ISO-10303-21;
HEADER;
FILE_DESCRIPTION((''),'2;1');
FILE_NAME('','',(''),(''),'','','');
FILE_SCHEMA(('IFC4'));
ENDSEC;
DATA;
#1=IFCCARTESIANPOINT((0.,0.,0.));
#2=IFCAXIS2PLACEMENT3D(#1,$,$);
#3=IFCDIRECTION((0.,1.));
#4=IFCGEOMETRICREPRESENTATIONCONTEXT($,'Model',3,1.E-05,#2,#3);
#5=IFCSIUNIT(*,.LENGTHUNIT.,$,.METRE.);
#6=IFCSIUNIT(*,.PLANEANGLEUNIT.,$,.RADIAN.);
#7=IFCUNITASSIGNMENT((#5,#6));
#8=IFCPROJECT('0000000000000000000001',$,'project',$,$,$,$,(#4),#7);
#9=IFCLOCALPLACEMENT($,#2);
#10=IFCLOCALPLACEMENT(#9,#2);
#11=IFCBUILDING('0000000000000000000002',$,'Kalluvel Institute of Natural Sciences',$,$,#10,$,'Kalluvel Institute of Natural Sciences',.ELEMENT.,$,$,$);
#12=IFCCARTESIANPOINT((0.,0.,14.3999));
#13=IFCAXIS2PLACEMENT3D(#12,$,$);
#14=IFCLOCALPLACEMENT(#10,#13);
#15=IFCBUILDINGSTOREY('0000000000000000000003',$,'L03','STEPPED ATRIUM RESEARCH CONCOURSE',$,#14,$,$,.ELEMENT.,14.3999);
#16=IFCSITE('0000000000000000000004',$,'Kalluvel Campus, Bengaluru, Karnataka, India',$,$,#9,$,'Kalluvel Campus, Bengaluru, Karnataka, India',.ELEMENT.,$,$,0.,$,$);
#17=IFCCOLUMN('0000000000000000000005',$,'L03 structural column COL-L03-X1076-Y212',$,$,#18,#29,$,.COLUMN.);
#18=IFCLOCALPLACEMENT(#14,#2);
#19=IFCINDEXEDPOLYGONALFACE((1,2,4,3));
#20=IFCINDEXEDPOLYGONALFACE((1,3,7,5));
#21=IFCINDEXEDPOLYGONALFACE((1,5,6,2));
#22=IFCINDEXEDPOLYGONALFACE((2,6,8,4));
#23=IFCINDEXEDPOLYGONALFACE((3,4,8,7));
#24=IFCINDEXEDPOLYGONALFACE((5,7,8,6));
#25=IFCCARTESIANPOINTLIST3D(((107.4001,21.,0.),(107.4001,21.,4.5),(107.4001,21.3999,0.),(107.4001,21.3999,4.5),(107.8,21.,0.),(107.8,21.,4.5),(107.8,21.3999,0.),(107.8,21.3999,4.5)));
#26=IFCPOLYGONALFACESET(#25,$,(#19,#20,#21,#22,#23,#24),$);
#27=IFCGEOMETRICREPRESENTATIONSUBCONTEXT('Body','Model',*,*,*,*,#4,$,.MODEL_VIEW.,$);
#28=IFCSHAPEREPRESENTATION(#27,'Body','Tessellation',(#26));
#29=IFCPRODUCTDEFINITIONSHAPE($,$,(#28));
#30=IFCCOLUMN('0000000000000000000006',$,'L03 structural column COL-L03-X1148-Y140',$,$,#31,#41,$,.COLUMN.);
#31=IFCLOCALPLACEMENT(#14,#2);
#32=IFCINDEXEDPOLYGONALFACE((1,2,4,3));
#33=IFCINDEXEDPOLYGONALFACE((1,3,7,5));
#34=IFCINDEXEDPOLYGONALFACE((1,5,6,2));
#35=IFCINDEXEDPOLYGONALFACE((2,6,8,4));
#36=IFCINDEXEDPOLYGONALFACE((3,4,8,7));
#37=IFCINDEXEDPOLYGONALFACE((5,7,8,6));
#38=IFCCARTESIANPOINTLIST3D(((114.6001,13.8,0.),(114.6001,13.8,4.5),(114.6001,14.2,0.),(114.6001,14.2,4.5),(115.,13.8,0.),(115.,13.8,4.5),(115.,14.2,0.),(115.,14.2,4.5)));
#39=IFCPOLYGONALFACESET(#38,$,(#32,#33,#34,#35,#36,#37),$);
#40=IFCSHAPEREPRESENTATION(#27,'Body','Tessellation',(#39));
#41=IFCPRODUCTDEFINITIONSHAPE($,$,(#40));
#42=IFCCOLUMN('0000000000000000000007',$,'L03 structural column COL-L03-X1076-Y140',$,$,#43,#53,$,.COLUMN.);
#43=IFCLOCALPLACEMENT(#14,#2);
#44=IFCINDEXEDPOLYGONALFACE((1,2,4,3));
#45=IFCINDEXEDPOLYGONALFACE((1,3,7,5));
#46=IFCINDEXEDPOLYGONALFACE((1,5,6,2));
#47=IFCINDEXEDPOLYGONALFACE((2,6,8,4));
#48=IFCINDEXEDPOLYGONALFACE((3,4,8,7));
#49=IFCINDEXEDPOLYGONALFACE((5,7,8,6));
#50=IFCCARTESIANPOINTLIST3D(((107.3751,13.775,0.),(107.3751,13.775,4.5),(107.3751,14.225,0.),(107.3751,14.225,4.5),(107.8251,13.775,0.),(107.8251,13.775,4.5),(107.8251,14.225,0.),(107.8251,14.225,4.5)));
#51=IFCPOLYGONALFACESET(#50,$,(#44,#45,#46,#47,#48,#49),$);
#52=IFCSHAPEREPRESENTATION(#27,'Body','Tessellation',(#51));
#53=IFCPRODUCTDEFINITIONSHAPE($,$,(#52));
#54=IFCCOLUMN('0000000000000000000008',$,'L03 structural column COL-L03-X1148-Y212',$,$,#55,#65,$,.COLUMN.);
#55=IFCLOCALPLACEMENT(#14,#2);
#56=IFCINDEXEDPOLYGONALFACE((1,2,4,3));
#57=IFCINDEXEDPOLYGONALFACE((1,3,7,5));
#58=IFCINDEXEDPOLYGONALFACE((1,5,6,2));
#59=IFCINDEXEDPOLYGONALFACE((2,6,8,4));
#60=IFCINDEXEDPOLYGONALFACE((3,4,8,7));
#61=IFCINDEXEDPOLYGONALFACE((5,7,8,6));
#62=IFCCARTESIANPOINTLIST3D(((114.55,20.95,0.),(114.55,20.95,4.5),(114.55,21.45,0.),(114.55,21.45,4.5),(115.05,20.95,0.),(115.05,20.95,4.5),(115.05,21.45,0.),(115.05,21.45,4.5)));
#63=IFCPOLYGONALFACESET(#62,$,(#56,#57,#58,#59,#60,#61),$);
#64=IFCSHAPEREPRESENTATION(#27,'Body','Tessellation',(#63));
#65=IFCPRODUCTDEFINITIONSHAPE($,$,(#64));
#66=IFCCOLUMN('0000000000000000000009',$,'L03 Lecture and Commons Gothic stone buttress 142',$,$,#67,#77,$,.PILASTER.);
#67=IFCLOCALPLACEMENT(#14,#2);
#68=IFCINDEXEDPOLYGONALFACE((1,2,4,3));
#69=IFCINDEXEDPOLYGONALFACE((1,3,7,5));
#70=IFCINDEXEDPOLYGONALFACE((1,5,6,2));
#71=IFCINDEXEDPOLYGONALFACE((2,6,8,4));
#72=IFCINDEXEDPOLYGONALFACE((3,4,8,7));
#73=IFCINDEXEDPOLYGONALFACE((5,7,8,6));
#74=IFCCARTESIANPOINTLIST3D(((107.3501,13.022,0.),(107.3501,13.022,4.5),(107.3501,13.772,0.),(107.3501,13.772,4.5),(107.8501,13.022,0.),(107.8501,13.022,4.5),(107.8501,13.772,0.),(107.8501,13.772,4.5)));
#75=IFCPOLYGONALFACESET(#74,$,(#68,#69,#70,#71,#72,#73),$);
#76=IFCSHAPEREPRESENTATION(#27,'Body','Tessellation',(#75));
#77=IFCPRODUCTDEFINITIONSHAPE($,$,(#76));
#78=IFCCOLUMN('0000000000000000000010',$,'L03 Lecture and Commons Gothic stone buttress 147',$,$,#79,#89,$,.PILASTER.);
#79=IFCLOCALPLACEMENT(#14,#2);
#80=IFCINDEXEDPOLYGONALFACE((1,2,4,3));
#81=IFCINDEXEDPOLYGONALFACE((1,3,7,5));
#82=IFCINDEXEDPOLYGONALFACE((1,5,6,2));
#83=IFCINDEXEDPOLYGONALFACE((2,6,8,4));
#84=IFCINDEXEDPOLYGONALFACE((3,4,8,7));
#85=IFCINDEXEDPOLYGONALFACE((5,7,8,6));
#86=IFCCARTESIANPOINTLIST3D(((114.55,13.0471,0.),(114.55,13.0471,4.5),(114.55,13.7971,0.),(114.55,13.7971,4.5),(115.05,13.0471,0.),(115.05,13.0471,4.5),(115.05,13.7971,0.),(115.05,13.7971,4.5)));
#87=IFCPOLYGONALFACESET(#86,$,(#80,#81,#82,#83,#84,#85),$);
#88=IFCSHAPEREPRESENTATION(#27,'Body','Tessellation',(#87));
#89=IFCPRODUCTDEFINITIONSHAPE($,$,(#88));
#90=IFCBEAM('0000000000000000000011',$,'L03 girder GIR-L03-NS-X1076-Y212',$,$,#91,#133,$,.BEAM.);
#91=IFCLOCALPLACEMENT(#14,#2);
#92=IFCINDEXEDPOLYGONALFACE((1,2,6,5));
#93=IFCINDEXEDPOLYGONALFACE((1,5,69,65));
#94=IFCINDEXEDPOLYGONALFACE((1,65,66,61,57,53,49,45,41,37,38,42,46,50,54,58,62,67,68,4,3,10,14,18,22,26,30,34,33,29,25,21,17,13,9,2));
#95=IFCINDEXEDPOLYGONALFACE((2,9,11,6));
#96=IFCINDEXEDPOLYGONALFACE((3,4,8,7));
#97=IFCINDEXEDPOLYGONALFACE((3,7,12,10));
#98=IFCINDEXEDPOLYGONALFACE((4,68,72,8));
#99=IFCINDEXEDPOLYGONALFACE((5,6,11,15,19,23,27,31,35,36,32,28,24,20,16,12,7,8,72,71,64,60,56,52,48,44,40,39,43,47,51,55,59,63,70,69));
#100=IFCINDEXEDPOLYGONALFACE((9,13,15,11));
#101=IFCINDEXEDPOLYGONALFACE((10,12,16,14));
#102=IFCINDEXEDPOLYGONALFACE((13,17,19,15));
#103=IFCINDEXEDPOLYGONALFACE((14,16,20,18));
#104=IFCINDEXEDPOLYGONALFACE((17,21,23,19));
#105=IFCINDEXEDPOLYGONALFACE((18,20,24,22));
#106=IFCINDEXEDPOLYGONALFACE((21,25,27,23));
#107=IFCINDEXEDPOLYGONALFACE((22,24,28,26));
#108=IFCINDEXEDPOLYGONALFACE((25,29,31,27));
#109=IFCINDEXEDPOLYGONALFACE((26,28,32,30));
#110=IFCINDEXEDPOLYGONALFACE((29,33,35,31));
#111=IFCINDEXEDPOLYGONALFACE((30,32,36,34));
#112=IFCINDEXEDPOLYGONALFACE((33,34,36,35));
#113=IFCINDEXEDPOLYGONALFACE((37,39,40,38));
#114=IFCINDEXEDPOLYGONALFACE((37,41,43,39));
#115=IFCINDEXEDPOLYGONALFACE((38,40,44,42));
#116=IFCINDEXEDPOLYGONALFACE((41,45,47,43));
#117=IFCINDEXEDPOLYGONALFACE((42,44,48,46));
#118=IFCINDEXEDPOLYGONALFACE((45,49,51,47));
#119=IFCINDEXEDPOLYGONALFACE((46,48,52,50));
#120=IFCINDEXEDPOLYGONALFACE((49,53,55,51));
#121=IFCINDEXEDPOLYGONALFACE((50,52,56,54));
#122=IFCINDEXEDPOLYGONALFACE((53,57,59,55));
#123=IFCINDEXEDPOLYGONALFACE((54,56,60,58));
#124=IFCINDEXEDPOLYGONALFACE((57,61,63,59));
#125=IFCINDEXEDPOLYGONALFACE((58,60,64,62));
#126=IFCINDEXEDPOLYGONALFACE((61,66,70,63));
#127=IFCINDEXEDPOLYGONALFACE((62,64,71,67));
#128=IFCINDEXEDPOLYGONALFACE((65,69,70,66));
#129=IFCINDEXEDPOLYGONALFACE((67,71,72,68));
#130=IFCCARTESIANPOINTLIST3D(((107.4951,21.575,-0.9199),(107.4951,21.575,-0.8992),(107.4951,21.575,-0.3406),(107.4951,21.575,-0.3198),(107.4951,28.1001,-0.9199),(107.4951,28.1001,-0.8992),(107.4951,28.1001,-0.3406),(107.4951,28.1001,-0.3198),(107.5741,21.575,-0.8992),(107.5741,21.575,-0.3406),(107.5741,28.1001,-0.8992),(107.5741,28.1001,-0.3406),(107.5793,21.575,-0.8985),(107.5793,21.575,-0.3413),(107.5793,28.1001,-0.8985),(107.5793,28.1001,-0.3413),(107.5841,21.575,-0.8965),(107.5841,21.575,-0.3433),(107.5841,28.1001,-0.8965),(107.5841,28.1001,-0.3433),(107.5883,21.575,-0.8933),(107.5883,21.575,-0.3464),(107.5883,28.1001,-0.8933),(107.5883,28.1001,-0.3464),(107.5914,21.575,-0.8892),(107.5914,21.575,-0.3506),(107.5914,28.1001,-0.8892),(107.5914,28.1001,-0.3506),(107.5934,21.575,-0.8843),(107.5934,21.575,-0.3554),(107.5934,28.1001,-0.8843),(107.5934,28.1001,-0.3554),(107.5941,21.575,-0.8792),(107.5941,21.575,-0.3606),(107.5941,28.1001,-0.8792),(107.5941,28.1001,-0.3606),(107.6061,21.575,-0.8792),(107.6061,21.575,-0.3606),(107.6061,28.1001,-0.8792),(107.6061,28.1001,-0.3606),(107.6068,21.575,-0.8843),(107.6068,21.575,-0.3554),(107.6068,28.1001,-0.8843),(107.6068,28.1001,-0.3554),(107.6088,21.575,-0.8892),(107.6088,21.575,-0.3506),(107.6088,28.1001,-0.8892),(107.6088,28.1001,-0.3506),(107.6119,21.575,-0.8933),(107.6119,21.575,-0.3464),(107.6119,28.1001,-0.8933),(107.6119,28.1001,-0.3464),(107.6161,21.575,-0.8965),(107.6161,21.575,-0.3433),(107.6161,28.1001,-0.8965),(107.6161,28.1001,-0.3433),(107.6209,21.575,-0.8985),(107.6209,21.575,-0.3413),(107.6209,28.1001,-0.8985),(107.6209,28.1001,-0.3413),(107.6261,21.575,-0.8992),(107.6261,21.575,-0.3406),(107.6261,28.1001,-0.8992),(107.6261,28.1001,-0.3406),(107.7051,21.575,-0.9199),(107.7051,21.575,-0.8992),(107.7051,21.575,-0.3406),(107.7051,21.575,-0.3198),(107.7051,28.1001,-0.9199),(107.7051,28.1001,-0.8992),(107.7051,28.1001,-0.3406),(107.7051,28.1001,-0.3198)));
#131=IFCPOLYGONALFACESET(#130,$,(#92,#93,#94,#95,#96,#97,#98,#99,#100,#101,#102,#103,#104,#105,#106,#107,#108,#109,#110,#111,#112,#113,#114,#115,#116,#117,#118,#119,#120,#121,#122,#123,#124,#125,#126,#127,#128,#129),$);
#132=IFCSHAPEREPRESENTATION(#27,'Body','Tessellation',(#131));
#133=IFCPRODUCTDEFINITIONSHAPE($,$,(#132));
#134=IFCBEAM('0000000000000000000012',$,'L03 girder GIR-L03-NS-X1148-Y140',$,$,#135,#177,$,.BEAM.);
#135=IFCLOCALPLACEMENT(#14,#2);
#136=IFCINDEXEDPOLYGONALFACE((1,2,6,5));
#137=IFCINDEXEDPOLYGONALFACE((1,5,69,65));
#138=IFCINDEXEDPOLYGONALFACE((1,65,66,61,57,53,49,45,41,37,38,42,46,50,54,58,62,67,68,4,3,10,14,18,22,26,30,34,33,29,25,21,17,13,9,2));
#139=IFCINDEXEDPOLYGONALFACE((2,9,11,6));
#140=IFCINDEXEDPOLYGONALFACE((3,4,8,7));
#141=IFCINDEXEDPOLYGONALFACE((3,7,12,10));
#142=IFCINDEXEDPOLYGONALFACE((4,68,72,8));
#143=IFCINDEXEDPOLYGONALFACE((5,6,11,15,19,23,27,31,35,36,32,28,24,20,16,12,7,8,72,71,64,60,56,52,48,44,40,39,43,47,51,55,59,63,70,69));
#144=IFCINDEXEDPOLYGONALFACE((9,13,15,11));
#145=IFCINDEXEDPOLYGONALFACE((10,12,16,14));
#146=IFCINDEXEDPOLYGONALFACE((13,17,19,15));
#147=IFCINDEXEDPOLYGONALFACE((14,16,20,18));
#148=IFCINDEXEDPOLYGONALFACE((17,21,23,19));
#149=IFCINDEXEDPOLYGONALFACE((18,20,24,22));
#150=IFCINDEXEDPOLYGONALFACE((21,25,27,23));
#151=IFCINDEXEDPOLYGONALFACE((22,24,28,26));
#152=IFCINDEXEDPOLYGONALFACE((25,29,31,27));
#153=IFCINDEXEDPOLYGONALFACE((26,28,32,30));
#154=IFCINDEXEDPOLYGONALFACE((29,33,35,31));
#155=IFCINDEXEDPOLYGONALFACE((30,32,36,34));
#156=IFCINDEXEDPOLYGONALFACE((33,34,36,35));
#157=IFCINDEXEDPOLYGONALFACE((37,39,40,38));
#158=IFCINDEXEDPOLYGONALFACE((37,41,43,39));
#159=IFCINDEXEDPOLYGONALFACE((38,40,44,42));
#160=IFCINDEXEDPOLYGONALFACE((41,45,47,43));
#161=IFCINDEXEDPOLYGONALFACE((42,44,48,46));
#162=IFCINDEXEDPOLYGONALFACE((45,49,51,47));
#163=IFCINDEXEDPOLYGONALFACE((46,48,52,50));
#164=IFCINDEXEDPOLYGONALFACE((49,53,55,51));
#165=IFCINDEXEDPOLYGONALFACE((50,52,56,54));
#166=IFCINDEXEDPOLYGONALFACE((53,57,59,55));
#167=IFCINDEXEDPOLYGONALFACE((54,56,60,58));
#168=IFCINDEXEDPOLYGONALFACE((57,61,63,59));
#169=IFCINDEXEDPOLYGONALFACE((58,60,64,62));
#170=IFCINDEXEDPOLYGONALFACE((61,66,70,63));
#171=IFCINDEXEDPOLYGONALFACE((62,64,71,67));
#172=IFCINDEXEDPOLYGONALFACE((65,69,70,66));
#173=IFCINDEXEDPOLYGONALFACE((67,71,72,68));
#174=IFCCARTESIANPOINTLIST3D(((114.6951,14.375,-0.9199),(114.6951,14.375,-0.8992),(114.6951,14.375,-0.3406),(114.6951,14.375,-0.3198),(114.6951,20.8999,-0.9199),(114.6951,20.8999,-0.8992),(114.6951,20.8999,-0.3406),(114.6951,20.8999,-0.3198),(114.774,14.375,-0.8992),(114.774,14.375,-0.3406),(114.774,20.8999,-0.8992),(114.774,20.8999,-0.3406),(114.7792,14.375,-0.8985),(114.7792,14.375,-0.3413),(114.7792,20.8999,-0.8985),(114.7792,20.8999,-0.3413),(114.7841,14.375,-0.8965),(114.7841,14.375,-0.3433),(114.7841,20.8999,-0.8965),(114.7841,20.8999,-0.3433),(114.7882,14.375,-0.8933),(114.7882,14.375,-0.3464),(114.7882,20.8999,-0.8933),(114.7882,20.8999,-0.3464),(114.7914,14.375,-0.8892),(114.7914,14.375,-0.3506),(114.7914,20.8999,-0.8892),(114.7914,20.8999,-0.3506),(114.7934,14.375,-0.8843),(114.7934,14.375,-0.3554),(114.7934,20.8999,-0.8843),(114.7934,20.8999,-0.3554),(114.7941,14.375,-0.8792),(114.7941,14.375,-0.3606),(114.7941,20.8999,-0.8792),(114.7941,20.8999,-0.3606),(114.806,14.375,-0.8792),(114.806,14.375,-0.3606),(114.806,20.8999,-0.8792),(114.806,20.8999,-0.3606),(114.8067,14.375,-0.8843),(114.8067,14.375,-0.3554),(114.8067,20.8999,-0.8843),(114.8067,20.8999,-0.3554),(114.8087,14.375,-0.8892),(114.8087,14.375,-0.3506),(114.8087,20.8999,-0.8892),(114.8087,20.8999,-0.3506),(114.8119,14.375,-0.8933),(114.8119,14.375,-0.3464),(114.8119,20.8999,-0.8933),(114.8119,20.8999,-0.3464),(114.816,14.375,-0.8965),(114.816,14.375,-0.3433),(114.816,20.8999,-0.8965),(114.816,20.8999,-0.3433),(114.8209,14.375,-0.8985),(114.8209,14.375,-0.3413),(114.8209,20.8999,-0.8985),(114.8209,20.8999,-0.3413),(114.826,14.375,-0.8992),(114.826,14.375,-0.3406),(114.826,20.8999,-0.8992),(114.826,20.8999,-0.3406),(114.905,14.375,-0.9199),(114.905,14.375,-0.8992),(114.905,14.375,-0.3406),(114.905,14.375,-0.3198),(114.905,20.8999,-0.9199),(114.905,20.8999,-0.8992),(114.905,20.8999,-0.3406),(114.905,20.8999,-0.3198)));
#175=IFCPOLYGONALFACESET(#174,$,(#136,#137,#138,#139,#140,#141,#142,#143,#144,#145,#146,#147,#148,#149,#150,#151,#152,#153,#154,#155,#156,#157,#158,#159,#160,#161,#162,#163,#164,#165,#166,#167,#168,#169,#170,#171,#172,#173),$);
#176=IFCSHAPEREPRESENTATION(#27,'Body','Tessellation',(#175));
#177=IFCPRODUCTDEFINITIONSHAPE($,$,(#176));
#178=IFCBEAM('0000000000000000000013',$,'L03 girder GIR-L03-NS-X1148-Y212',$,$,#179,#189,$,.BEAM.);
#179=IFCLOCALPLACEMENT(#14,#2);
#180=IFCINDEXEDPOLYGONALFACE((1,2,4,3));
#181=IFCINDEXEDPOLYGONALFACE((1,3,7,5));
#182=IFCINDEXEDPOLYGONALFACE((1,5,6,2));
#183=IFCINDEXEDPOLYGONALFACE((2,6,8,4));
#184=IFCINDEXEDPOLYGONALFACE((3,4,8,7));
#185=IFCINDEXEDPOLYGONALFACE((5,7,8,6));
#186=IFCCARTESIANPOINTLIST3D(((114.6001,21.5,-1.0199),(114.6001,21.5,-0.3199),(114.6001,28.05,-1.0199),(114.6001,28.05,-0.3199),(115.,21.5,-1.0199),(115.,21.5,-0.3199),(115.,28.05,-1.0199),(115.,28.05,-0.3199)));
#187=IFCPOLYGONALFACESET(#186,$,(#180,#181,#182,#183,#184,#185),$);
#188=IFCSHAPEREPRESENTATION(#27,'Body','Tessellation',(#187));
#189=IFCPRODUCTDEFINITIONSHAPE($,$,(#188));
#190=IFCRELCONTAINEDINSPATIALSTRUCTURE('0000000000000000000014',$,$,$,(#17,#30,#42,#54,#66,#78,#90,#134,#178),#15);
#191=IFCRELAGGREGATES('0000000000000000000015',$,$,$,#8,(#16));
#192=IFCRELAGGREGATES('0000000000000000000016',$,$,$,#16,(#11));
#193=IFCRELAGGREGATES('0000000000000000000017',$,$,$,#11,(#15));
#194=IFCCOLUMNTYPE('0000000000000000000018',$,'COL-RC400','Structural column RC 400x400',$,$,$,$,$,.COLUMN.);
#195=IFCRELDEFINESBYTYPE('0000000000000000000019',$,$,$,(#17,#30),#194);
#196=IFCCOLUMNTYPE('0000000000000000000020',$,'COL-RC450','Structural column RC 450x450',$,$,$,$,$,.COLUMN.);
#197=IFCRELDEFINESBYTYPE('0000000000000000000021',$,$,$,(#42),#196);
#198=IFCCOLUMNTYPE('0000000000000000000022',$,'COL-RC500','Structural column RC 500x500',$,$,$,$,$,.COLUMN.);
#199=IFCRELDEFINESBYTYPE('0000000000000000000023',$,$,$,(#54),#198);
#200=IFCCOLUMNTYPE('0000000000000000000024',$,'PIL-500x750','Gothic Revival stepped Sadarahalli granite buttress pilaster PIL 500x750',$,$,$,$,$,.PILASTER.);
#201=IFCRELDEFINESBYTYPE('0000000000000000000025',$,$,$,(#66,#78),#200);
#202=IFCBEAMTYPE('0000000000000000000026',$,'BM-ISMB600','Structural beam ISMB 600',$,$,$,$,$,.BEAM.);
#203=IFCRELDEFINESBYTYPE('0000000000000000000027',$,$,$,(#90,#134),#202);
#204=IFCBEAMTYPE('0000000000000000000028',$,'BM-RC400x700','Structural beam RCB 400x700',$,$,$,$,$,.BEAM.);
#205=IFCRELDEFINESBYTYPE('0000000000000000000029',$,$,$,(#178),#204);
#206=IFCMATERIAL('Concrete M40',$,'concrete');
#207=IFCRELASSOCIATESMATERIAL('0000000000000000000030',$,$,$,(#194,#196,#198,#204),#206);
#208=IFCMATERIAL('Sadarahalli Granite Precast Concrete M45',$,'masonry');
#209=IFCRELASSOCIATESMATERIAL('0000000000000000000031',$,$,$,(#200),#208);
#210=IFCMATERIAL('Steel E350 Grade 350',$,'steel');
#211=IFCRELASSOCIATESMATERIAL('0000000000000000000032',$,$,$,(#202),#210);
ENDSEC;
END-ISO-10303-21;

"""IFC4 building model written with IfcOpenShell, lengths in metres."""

from ifc_helpers import new_model, si_unit, direction, frame, origin, origin_2d, place, context, subcontext, project, spatial, rectangle, i_section, extrude, material, material_profile, profile_set, type_object, element, save


model = new_model("IFC4")

# Units and contexts
model_context = context("Model", 3, precision=1e-05, world=origin(), true_north=direction((0.0, 1.0)))
body_context = subcontext(model_context, "Body", "Model", "MODEL_VIEW")
ifc_project = project(units=[si_unit("LENGTHUNIT", "METRE"), si_unit("PLANEANGLEUNIT", "RADIAN")], contexts=[model_context])

# Site, building, storey
site_placement = place(None, origin())
site = spatial("IfcSite", under=ifc_project, at=site_placement, Name="Kalluvel Campus, Bengaluru, Karnataka, India", LongName="Kalluvel Campus, Bengaluru, Karnataka, India", CompositionType="ELEMENT", RefElevation=0.0)
building_placement = place(site_placement, origin())
building = spatial("IfcBuilding", under=site, at=building_placement, Name="Kalluvel Institute of Natural Sciences", LongName="Kalluvel Institute of Natural Sciences", CompositionType="ELEMENT")
storey_placement = place(building_placement, frame((0.0, 0.0, 14.3999)))
storey = spatial("IfcBuildingStorey", under=building, at=storey_placement, Name="L03", Description="STEPPED ATRIUM RESEARCH CONCOURSE", CompositionType="ELEMENT", Elevation=14.3999)

# Columns
ifc_material_1 = material(Name="Concrete M40", Category="concrete")
ifc_material_profile_1 = material_profile(ifc_material_1, rectangle(XDim=0.3999, YDim=0.3999, at=origin_2d()), Name="RC 400x400")
ifc_profile_set_1 = profile_set([ifc_material_profile_1], Name="Concrete M40")
column_type_1 = type_object("IfcColumnType", Name="COL-RC400", Description="Structural column RC 400x400", PredefinedType="COLUMN", material=ifc_profile_set_1)
for number, where, z_axis, x_axis, name in (
    (1, (107.6001, 21.2, 0.0), (0.0, 0.0, 1.0), (1.0, 0.0, 0.0), "L03 structural column COL-L03-X1076-Y212"),
    (2, (114.8, 14.0, 0.0), (0.0, 0.0, 1.0), (1.0, 0.0, 0.0), "L03 structural column COL-L03-X1148-Y140"),
):
    element("IfcColumn", number, at=place(storey_placement, frame(where, z_axis=z_axis, x_axis=x_axis)), inside=storey, type_object=column_type_1, Name=name, PredefinedType="COLUMN", context=body_context, shape_type="SweptSolid", body=[
        extrude(rectangle(XDim=0.3999, YDim=0.3999, at=origin_2d()), origin(), (0.0, 0.0, 1.0), 4.5),
    ])
ifc_material_profile_2 = material_profile(ifc_material_1, rectangle(XDim=0.45, YDim=0.45, at=origin_2d()), Name="RC 450x450")
ifc_profile_set_2 = profile_set([ifc_material_profile_2], Name="Concrete M40")
column_type_2 = type_object("IfcColumnType", Name="COL-RC450", Description="Structural column RC 450x450", PredefinedType="COLUMN", material=ifc_profile_set_2)
column_1_placement = place(storey_placement, frame((107.6001, 14.0, 0.0), z_axis=(0.0, 0.0, 1.0), x_axis=(1.0, 0.0, 0.0)))
element("IfcColumn", 3, at=column_1_placement, inside=storey, type_object=column_type_2, Name="L03 structural column COL-L03-X1076-Y140", PredefinedType="COLUMN", context=body_context, shape_type="SweptSolid", body=[
    extrude(rectangle(XDim=0.45, YDim=0.45, at=origin_2d()), origin(), (0.0, 0.0, 1.0), 4.5),
])
ifc_material_profile_3 = material_profile(ifc_material_1, rectangle(XDim=0.5, YDim=0.5, at=origin_2d()), Name="RC 500x500")
ifc_profile_set_3 = profile_set([ifc_material_profile_3], Name="Concrete M40")
column_type_3 = type_object("IfcColumnType", Name="COL-RC500", Description="Structural column RC 500x500", PredefinedType="COLUMN", material=ifc_profile_set_3)
column_2_placement = place(storey_placement, frame((114.8, 21.2, 0.0), z_axis=(0.0, 0.0, 1.0), x_axis=(1.0, 0.0, 0.0)))
element("IfcColumn", 4, at=column_2_placement, inside=storey, type_object=column_type_3, Name="L03 structural column COL-L03-X1148-Y212", PredefinedType="COLUMN", context=body_context, shape_type="SweptSolid", body=[
    extrude(rectangle(XDim=0.5, YDim=0.5, at=origin_2d()), origin(), (0.0, 0.0, 1.0), 4.5),
])
ifc_material_2 = material(Name="Sadarahalli Granite Precast Concrete M45", Category="masonry")
ifc_material_profile_4 = material_profile(ifc_material_2, rectangle(XDim=0.5, YDim=0.75, at=origin_2d()), Name="PIL 500x750")
ifc_profile_set_4 = profile_set([ifc_material_profile_4], Name="Sadarahalli Granite Precast Concrete M45")
column_type_4 = type_object("IfcColumnType", Name="PIL-500x750", Description="Gothic Revival stepped Sadarahalli granite buttress pilaster PIL 500x750", PredefinedType="PILASTER", material=ifc_profile_set_4)
for number, where, z_axis, x_axis, name in (
    (5, (107.6001, 13.397, 0.0), (0.0, 0.0, 1.0), (1.0, 0.0, 0.0), "L03 Lecture and Commons Gothic stone buttress 142"),
    (6, (114.8, 13.4221, 0.0), (0.0, 0.0, 1.0), (1.0, 0.0, 0.0), "L03 Lecture and Commons Gothic stone buttress 147"),
):
    element("IfcColumn", number, at=place(storey_placement, frame(where, z_axis=z_axis, x_axis=x_axis)), inside=storey, type_object=column_type_4, Name=name, PredefinedType="PILASTER", context=body_context, shape_type="SweptSolid", body=[
        extrude(rectangle(XDim=0.5, YDim=0.75, at=origin_2d()), origin(), (0.0, 0.0, 1.0), 4.5),
    ])

# Beams
ifc_material_3 = material(Name="Steel E350 Grade 350", Category="steel")
ifc_material_profile_5 = material_profile(ifc_material_3, i_section(OverallWidth=0.21, OverallDepth=0.6001, WebThickness=0.012, FlangeThickness=0.0208, FilletRadius=0.02, at=origin_2d()), Name="ISMB 600")
ifc_profile_set_5 = profile_set([ifc_material_profile_5], Name="Steel E350 Grade 350")
beam_type_1 = type_object("IfcBeamType", Name="BM-ISMB600", Description="Structural beam ISMB 600", PredefinedType="BEAM", material=ifc_profile_set_5)
beam_1_placement = place(storey_placement, frame((107.6001, 21.575, -0.6199), z_axis=(0.0, 1.0, 0.0), x_axis=(-1.0, 0.0, 0.0)))
element("IfcBeam", 7, at=beam_1_placement, inside=storey, type_object=beam_type_1, Name="L03 girder GIR-L03-NS-X1076-Y212", PredefinedType="BEAM", context=body_context, shape_type="SweptSolid", body=[
    extrude(i_section(OverallWidth=0.21, OverallDepth=0.6001, WebThickness=0.012, FlangeThickness=0.0208, FilletRadius=0.02, at=origin_2d()), origin(), (0.0, 0.0, 1.0), 6.5251),
])
beam_2_placement = place(storey_placement, frame((114.8, 14.375, -0.6199), z_axis=(0.0, 1.0, 0.0), x_axis=(-1.0, 0.0, 0.0)))
element("IfcBeam", 8, at=beam_2_placement, inside=storey, type_object=beam_type_1, Name="L03 girder GIR-L03-NS-X1148-Y140", PredefinedType="BEAM", context=body_context, shape_type="SweptSolid", body=[
    extrude(i_section(OverallWidth=0.21, OverallDepth=0.6001, WebThickness=0.012, FlangeThickness=0.0208, FilletRadius=0.02, at=origin_2d()), origin(), (0.0, 0.0, 1.0), 6.5249),
])
ifc_material_profile_6 = material_profile(ifc_material_1, rectangle(XDim=0.3999, YDim=0.7, at=origin_2d()), Name="RCB 400x700")
ifc_profile_set_6 = profile_set([ifc_material_profile_6], Name="Concrete M40")
beam_type_2 = type_object("IfcBeamType", Name="BM-RC400x700", Description="Structural beam RCB 400x700", PredefinedType="BEAM", material=ifc_profile_set_6)
beam_3_placement = place(storey_placement, frame((114.8, 21.5, -0.6699), z_axis=(0.0, 1.0, 0.0), x_axis=(-1.0, 0.0, 0.0)))
element("IfcBeam", 9, at=beam_3_placement, inside=storey, type_object=beam_type_2, Name="L03 girder GIR-L03-NS-X1148-Y212", PredefinedType="BEAM", context=body_context, shape_type="SweptSolid", body=[
    extrude(rectangle(XDim=0.3999, YDim=0.7, at=origin_2d()), origin(), (0.0, 0.0, 1.0), 6.55),
])

save(model, "model.ifc")
